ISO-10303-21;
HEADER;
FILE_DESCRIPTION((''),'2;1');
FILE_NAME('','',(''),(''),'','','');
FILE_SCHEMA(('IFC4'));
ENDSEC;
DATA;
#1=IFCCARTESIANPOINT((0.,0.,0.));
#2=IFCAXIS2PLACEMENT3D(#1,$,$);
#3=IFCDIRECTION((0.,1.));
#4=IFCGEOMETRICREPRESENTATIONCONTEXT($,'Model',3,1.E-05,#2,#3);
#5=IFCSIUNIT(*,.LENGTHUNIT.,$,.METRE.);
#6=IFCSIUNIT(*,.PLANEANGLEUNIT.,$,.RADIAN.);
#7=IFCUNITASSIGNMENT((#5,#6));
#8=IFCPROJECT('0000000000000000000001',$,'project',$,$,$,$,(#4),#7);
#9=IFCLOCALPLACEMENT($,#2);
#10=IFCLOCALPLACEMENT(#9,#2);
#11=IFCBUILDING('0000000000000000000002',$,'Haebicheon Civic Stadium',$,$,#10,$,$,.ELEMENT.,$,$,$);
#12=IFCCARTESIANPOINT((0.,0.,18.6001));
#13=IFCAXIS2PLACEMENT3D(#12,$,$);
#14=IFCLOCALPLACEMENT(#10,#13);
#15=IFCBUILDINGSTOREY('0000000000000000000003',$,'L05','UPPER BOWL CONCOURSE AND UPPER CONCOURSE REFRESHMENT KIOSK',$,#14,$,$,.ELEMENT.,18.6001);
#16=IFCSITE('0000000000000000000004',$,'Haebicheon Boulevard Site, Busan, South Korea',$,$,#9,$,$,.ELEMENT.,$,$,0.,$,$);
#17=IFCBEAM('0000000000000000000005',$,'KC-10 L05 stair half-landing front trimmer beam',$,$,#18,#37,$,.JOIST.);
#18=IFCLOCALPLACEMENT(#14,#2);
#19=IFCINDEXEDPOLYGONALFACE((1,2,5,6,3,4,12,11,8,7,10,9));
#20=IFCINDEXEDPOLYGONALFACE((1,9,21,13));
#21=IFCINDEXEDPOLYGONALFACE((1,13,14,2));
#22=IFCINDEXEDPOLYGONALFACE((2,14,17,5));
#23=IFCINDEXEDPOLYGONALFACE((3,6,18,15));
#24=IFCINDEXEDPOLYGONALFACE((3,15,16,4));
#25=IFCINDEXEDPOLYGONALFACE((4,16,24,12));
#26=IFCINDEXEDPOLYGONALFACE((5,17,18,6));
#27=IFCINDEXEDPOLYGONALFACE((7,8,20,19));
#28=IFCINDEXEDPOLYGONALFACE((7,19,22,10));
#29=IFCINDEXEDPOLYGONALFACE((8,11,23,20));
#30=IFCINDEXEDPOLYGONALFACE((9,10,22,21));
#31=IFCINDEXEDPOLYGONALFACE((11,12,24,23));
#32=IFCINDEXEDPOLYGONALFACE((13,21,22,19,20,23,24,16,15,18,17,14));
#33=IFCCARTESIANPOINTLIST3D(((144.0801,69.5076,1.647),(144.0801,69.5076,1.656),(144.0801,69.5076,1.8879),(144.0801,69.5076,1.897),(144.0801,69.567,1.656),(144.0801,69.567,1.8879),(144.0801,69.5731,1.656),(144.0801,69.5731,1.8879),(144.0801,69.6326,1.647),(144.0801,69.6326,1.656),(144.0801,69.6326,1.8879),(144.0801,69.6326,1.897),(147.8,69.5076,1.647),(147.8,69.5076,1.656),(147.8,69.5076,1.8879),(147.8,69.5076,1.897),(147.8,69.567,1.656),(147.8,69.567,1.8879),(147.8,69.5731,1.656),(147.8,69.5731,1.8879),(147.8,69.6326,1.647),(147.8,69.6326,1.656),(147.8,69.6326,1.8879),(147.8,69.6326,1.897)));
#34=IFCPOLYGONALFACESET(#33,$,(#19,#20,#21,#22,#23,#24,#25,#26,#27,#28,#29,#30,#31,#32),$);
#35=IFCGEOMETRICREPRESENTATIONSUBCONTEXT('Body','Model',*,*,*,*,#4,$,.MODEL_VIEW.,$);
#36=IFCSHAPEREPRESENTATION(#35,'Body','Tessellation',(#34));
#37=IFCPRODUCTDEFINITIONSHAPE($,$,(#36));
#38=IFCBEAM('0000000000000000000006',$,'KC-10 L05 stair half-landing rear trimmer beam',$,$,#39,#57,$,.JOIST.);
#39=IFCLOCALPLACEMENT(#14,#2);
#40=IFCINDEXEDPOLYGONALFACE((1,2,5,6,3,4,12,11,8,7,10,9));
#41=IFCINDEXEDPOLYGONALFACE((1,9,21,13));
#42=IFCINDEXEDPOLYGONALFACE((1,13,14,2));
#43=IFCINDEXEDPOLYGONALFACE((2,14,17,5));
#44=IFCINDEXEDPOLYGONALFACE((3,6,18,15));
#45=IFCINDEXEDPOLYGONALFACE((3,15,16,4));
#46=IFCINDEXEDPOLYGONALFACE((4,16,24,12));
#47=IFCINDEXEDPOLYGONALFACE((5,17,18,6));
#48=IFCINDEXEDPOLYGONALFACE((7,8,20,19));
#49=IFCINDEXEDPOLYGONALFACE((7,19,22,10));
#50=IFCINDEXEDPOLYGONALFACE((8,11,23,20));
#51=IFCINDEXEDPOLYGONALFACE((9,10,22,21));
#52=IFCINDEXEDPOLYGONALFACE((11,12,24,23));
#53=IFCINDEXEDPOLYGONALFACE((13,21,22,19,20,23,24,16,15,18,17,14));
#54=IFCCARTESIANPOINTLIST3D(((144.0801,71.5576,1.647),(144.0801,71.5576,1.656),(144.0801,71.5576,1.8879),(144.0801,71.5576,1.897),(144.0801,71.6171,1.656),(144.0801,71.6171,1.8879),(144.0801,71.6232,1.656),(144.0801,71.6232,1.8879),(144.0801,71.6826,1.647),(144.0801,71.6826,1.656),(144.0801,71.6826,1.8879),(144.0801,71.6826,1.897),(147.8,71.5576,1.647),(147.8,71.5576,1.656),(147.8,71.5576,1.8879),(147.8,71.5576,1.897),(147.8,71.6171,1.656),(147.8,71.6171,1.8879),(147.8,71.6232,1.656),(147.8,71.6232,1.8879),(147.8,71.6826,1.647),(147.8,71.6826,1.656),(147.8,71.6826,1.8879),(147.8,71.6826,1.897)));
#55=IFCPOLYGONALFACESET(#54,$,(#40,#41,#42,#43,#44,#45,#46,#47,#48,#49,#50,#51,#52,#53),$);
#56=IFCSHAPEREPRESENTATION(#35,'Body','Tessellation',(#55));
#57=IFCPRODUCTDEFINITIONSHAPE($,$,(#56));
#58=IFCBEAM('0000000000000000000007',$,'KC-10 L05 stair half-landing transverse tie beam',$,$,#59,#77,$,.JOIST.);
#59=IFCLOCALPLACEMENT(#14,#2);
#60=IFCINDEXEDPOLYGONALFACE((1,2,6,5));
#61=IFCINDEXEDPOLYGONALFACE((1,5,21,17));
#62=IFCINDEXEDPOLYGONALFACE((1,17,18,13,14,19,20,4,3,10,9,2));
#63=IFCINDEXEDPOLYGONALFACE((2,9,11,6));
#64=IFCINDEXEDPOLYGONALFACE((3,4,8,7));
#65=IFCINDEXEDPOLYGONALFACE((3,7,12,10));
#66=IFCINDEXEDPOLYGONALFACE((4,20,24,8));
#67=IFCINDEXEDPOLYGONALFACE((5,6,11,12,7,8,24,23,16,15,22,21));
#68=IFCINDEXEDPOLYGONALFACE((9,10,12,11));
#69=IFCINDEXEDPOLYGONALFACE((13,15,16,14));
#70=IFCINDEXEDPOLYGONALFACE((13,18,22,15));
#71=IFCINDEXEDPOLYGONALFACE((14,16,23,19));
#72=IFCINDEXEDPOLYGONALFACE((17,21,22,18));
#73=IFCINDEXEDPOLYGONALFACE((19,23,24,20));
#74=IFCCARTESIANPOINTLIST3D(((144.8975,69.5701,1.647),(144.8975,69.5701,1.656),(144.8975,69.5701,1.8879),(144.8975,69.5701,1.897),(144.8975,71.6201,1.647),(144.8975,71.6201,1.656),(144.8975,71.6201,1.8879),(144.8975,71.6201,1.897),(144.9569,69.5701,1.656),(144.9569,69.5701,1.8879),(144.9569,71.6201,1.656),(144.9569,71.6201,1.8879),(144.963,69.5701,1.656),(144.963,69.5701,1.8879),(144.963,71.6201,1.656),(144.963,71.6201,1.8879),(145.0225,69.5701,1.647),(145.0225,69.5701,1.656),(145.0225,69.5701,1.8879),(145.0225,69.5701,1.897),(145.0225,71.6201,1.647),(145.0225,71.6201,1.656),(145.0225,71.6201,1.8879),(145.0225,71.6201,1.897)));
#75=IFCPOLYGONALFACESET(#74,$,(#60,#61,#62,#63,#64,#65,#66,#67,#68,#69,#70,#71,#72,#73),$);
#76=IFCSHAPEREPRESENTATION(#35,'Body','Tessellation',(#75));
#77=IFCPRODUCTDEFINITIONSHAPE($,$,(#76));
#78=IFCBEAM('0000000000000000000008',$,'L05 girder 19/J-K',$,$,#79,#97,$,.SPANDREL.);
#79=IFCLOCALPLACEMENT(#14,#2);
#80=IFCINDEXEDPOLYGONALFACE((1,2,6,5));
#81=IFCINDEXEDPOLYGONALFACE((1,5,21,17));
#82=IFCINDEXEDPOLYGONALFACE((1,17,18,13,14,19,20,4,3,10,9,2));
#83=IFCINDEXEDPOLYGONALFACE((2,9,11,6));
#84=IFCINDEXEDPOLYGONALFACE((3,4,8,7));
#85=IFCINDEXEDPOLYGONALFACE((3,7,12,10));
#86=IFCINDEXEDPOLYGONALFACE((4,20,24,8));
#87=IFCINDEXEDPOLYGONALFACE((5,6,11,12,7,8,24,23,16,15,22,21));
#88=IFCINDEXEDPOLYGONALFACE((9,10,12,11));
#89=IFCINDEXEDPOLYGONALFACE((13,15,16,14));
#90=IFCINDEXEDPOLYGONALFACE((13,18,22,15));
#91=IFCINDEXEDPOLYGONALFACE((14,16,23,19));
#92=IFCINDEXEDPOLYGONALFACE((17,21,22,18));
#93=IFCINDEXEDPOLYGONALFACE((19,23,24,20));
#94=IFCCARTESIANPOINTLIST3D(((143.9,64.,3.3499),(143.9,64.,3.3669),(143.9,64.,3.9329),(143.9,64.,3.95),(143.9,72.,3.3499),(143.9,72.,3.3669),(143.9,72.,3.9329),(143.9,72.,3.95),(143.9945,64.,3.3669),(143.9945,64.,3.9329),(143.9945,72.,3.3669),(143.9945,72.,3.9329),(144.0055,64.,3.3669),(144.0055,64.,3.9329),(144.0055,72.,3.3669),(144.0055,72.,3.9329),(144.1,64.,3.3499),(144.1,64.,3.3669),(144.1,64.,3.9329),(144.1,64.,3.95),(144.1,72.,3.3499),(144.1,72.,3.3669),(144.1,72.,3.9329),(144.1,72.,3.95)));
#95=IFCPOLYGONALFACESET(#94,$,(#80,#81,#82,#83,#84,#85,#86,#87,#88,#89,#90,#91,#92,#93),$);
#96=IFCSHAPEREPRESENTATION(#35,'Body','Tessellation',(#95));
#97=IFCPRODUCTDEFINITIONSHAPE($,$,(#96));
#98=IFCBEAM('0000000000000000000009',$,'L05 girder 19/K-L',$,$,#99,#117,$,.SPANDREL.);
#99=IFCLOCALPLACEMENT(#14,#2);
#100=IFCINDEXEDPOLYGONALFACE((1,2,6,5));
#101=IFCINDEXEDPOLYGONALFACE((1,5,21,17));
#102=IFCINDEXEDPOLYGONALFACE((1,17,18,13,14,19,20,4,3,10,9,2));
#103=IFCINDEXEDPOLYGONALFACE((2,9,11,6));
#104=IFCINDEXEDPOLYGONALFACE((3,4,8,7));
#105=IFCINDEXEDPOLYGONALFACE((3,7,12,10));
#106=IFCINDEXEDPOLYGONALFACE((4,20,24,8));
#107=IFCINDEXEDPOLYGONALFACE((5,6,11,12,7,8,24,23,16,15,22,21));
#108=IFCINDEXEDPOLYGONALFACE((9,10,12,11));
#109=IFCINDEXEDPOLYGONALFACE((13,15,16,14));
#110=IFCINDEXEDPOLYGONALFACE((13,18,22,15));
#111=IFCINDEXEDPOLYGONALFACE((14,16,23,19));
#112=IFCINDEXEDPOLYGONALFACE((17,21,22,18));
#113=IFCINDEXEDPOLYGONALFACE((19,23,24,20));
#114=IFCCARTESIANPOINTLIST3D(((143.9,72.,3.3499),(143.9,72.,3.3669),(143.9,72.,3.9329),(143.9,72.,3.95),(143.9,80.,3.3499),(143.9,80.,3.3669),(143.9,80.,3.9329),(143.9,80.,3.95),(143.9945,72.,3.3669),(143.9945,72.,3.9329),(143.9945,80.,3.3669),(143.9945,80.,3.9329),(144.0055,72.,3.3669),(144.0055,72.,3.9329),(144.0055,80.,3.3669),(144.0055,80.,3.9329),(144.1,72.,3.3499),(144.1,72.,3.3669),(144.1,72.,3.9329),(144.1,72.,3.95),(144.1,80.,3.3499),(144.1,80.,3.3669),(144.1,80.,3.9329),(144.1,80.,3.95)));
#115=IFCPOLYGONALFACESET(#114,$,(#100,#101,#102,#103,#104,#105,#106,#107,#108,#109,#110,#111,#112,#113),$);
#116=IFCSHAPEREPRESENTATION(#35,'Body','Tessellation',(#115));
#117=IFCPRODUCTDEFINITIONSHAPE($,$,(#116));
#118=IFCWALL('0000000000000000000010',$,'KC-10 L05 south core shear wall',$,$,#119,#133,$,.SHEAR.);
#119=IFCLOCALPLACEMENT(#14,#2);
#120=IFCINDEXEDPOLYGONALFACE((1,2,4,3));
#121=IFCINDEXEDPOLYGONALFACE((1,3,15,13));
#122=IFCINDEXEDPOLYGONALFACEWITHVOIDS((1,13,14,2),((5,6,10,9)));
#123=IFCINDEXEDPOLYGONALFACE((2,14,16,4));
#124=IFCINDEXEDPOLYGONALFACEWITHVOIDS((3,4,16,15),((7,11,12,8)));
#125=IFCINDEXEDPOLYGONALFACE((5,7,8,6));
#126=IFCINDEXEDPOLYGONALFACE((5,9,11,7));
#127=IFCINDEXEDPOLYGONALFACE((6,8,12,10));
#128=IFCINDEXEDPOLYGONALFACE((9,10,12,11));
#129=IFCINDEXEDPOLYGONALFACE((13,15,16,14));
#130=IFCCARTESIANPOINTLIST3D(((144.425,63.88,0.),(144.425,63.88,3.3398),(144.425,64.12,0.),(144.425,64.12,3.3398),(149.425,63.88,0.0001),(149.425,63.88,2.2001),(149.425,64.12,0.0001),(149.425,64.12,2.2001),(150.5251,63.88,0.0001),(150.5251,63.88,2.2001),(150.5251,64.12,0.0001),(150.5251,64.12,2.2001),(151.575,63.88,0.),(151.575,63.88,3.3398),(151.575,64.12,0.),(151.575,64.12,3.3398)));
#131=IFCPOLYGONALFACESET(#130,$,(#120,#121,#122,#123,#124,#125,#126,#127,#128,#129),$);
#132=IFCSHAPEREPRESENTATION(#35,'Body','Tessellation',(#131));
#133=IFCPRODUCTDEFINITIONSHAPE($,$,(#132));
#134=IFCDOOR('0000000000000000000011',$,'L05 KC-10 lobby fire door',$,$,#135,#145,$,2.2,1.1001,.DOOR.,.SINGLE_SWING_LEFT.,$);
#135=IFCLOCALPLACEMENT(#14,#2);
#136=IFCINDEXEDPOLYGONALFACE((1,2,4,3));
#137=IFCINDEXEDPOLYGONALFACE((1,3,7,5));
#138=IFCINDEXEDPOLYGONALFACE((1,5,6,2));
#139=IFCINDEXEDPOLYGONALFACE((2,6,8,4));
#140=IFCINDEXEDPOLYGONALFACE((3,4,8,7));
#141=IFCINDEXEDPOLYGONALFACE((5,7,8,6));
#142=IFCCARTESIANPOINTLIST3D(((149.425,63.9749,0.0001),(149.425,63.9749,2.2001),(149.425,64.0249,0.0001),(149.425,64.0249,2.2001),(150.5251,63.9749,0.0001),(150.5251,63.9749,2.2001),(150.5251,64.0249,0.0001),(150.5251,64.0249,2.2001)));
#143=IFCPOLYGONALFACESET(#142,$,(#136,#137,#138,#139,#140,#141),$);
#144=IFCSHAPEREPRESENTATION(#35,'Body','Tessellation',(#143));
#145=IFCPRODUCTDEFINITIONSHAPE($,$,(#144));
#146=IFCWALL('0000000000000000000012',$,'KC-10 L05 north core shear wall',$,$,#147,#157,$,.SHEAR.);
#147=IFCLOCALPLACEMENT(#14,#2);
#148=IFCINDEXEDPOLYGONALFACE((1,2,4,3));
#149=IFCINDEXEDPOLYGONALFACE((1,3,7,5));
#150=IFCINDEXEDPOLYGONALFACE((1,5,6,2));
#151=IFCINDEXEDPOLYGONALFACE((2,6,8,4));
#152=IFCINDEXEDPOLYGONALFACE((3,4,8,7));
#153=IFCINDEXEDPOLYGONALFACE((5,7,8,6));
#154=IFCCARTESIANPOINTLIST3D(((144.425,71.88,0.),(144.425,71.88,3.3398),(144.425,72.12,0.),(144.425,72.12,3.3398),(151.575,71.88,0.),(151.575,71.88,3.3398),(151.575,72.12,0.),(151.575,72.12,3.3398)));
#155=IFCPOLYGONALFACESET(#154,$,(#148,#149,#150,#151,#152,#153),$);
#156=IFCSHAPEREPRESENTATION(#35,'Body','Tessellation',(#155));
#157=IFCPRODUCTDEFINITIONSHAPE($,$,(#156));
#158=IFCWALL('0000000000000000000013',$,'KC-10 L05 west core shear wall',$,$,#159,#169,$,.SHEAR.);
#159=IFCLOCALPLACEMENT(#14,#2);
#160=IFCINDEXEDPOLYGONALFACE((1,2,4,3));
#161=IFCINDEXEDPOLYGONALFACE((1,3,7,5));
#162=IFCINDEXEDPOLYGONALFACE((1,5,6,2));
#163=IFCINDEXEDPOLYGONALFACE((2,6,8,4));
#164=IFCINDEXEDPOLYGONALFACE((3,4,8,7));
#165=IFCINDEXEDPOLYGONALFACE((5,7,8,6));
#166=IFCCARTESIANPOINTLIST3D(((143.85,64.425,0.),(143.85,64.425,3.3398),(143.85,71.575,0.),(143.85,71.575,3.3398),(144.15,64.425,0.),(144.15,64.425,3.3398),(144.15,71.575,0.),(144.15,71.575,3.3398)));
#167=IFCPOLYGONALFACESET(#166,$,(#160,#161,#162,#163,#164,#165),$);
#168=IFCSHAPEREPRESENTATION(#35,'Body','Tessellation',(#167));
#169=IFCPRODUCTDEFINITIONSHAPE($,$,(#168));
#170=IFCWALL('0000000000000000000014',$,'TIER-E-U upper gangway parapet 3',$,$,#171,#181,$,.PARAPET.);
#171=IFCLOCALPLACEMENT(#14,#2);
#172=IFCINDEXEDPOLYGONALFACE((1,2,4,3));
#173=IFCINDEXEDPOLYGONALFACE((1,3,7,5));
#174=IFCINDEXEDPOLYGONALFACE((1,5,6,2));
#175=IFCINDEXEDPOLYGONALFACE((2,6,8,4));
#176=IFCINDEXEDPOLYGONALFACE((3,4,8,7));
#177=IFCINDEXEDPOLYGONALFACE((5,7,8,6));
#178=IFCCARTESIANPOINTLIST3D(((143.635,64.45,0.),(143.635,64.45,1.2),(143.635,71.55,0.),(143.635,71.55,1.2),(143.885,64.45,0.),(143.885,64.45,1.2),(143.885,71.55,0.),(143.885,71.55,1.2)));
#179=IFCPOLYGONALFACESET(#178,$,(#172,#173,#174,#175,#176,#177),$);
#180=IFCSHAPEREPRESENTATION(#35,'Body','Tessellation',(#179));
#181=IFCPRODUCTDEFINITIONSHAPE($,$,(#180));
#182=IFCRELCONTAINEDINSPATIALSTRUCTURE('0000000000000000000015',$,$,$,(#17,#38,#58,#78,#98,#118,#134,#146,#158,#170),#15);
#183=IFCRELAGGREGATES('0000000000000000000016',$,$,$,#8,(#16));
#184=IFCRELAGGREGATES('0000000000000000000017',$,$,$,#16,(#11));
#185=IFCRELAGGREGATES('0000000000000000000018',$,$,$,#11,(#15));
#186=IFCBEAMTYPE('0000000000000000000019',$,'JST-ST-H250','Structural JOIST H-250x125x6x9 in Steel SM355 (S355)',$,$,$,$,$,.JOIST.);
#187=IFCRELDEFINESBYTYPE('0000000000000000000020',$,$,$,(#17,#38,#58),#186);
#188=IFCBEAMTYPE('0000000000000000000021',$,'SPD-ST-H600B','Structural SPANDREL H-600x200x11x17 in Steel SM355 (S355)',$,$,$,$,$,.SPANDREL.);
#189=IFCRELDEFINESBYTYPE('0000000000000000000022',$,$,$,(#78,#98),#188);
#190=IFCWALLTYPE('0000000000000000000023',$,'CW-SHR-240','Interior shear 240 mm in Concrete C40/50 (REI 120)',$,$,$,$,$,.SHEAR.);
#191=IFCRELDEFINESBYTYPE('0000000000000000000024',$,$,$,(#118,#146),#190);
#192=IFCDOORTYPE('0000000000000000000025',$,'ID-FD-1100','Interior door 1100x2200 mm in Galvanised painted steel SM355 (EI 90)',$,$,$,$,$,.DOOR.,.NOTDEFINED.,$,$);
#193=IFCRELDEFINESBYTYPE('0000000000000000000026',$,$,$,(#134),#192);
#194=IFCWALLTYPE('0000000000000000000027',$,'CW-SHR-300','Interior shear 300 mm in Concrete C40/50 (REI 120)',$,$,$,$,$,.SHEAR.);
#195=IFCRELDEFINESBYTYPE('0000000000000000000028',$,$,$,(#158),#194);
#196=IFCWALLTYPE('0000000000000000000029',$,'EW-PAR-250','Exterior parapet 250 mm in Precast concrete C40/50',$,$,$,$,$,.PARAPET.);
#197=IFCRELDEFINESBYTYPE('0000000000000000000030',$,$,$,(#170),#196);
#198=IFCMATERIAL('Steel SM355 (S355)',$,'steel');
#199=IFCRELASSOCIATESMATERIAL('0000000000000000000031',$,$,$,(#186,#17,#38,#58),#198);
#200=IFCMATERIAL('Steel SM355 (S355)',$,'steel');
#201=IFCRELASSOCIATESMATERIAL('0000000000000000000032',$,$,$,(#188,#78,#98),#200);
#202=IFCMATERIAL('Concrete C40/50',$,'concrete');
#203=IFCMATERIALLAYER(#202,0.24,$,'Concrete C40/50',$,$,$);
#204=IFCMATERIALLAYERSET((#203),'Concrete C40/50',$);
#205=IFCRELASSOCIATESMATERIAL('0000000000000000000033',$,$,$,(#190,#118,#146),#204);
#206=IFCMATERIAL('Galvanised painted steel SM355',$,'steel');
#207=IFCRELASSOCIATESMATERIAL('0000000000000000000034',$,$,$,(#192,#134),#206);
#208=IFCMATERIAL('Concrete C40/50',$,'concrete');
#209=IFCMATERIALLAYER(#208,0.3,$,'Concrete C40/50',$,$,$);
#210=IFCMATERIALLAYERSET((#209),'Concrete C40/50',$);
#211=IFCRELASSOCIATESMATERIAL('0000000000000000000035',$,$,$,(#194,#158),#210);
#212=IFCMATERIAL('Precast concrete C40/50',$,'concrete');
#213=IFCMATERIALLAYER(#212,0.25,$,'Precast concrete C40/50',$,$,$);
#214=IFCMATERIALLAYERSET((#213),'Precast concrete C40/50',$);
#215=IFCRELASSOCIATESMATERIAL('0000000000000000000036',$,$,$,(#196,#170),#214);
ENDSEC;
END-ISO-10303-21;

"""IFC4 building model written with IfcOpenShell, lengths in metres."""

from ifc_helpers import new_model, si_unit, direction, frame, frame_2d, origin, origin_2d, place, context, subcontext, project, spatial, rectangle, i_section, extrude, material, layer, layer_set, material_profile, profile_set, type_object, element, fill, save


model = new_model("IFC4")

# Units and contexts
model_context = context("Model", 3, precision=1e-05, world=origin(), true_north=direction((0.0, 1.0)))
body_context = subcontext(model_context, "Body", "Model", "MODEL_VIEW")
ifc_project = project(units=[si_unit("LENGTHUNIT", "METRE"), si_unit("PLANEANGLEUNIT", "RADIAN")], contexts=[model_context])

# Site, building, storey
site_placement = place(None, origin())
site = spatial("IfcSite", under=ifc_project, at=site_placement, Name="Haebicheon Boulevard Site, Busan, South Korea", CompositionType="ELEMENT", RefElevation=0.0)
building_placement = place(site_placement, origin())
building = spatial("IfcBuilding", under=site, at=building_placement, Name="Haebicheon Civic Stadium", CompositionType="ELEMENT")
storey_placement = place(building_placement, frame((0.0, 0.0, 18.6001)))
storey = spatial("IfcBuildingStorey", under=building, at=storey_placement, Name="L05", Description="UPPER BOWL CONCOURSE AND UPPER CONCOURSE REFRESHMENT KIOSK", CompositionType="ELEMENT", Elevation=18.6001)

# Beams
ifc_material_1 = material(Name="Steel SM355 (S355)", Category="steel")
ifc_material_profile_1 = material_profile(ifc_material_1, i_section(OverallWidth=0.125, OverallDepth=0.25, WebThickness=0.0061, FlangeThickness=0.009, at=origin_2d()), Name="H-250x125x6x9")
ifc_profile_set_1 = profile_set([ifc_material_profile_1], Name="Steel SM355 (S355)")
beam_type_1 = type_object("IfcBeamType", Name="JST-ST-H250", Description="Structural JOIST H-250x125x6x9 in Steel SM355 (S355)", PredefinedType="JOIST", material=ifc_profile_set_1)
for number, where, z_axis, x_axis, name in (
    (1, (144.0801, 69.5701, 1.772), (1.0, 0.0, 0.0), (0.0, 1.0, 0.0), "KC-10 L05 stair half-landing front trimmer beam"),
    (2, (144.0801, 71.6201, 1.772), (1.0, 0.0, 0.0), (0.0, 1.0, 0.0), "KC-10 L05 stair half-landing rear trimmer beam"),
):
    element("IfcBeam", number, at=place(storey_placement, frame(where, z_axis=z_axis, x_axis=x_axis)), inside=storey, type_object=beam_type_1, material=ifc_profile_set_1, Name=name, PredefinedType="JOIST", context=body_context, shape_type="SweptSolid", body=[
        extrude(i_section(OverallWidth=0.125, OverallDepth=0.25, WebThickness=0.0061, FlangeThickness=0.009, at=origin_2d()), origin(), (0.0, 0.0, 1.0), 3.72),
    ])
beam_placement = place(storey_placement, frame((144.96, 69.5701, 1.772), z_axis=(0.0, 1.0, 0.0), x_axis=(-1.0, 0.0, 0.0)))
element("IfcBeam", 3, at=beam_placement, inside=storey, type_object=beam_type_1, material=ifc_profile_set_1, Name="KC-10 L05 stair half-landing transverse tie beam", PredefinedType="JOIST", context=body_context, shape_type="SweptSolid", body=[
    extrude(i_section(OverallWidth=0.125, OverallDepth=0.25, WebThickness=0.0061, FlangeThickness=0.009, at=origin_2d()), origin(), (0.0, 0.0, 1.0), 2.05),
])
ifc_material_2 = material(Name="Steel SM355 (S355)", Category="steel")
ifc_material_profile_2 = material_profile(ifc_material_2, i_section(OverallWidth=0.2, OverallDepth=0.6001, WebThickness=0.011, FlangeThickness=0.0171, at=origin_2d()), Name="H-600x200x11x17")
ifc_profile_set_2 = profile_set([ifc_material_profile_2], Name="Steel SM355 (S355)")
beam_type_2 = type_object("IfcBeamType", Name="SPD-ST-H600B", Description="Structural SPANDREL H-600x200x11x17 in Steel SM355 (S355)", PredefinedType="SPANDREL", material=ifc_profile_set_2)
for number, where, z_axis, x_axis, name in (
    (4, (144.0, 64.0, 3.6499), (0.0, 1.0, 0.0), (-1.0, 0.0, 0.0), "L05 girder 19/J-K"),
    (5, (144.0, 72.0, 3.6499), (0.0, 1.0, 0.0), (-1.0, 0.0, 0.0), "L05 girder 19/K-L"),
):
    element("IfcBeam", number, at=place(storey_placement, frame(where, z_axis=z_axis, x_axis=x_axis)), inside=storey, type_object=beam_type_2, material=ifc_profile_set_2, Name=name, PredefinedType="SPANDREL", context=body_context, shape_type="SweptSolid", body=[
        extrude(i_section(OverallWidth=0.2, OverallDepth=0.6001, WebThickness=0.011, FlangeThickness=0.0171, at=origin_2d()), origin(), (0.0, 0.0, 1.0), 8.0),
    ])

# Wall, opening, door
ifc_material_3 = material(Name="Concrete C40/50", Category="concrete")
ifc_layer_1 = layer(ifc_material_3, 0.24, Name="Concrete C40/50")
ifc_layer_set_1 = layer_set([ifc_layer_1], Name="Concrete C40/50")
wall_type_1 = type_object("IfcWallType", Name="CW-SHR-240", Description="Interior shear 240 mm in Concrete C40/50 (REI 120)", PredefinedType="SHEAR", material=ifc_layer_set_1)
wall_1_placement = place(storey_placement, frame((144.425, 64.0, 0.0), z_axis=(0.0, 0.0, 1.0), x_axis=(1.0, 0.0, 0.0)))
wall_1 = element("IfcWall", 6, at=wall_1_placement, inside=storey, type_object=wall_type_1, material=ifc_layer_set_1, Name="KC-10 L05 south core shear wall", PredefinedType="SHEAR", context=body_context, shape_type="SweptSolid", body=[
    extrude(rectangle(XDim=7.1499, YDim=0.24, at=frame_2d((3.575, 0.0))), origin(), (0.0, 0.0, 1.0), 3.3398),
])
opening_placement = place(wall_1_placement, frame((5.0, 0.0, 0.0)))
opening = element("IfcOpeningElement", 7, at=opening_placement, cuts=wall_1, PredefinedType="OPENING", context=body_context, shape_type="SweptSolid", body=[
    extrude(rectangle(XDim=1.1001, YDim=2.2, at=frame_2d((0.55, 1.1001))), frame((0.0, 0.1299, 0.0), z_axis=(0.0, -1.0, 0.0), x_axis=(1.0, 0.0, 0.0)), (0.0, 0.0, 1.0), 0.26),
])
ifc_material_4 = material(Name="Galvanised painted steel SM355", Category="steel")
door_type = type_object("IfcDoorType", Name="ID-FD-1100", Description="Interior door 1100x2200 mm in Galvanised painted steel SM355 (EI 90)", OperationType="NOTDEFINED", PredefinedType="DOOR", material=ifc_material_4)
door_placement = place(opening_placement, origin())
door = element("IfcDoor", 8, at=door_placement, inside=storey, type_object=door_type, material=ifc_material_4, Name="L05 KC-10 lobby fire door", OperationType="SINGLE_SWING_LEFT", OverallHeight=2.2, OverallWidth=1.1001, PredefinedType="DOOR", context=body_context, shape_type="SweptSolid", body=[
    extrude(rectangle(XDim=1.1001, YDim=2.2, at=frame_2d((0.55, 1.1001))), frame((0.0, 0.0249, 0.0), z_axis=(0.0, -1.0, 0.0), x_axis=(1.0, 0.0, 0.0)), (0.0, 0.0, 1.0), 0.05),
])
fill(opening, door)

# Walls
wall_2_placement = place(storey_placement, frame((144.425, 72.0, 0.0), z_axis=(0.0, 0.0, 1.0), x_axis=(1.0, 0.0, 0.0)))
element("IfcWall", 9, at=wall_2_placement, inside=storey, type_object=wall_type_1, material=ifc_layer_set_1, Name="KC-10 L05 north core shear wall", PredefinedType="SHEAR", context=body_context, shape_type="SweptSolid", body=[
    extrude(rectangle(XDim=7.1499, YDim=0.24, at=frame_2d((3.575, 0.0))), origin(), (0.0, 0.0, 1.0), 3.3398),
])
ifc_material_5 = material(Name="Concrete C40/50", Category="concrete")
ifc_layer_2 = layer(ifc_material_5, 0.3, Name="Concrete C40/50")
ifc_layer_set_2 = layer_set([ifc_layer_2], Name="Concrete C40/50")
wall_type_2 = type_object("IfcWallType", Name="CW-SHR-300", Description="Interior shear 300 mm in Concrete C40/50 (REI 120)", PredefinedType="SHEAR", material=ifc_layer_set_2)
wall_3_placement = place(storey_placement, frame((144.0, 64.425, 0.0), z_axis=(0.0, 0.0, 1.0), x_axis=(0.0, 1.0, 0.0)))
element("IfcWall", 10, at=wall_3_placement, inside=storey, type_object=wall_type_2, material=ifc_layer_set_2, Name="KC-10 L05 west core shear wall", PredefinedType="SHEAR", context=body_context, shape_type="SweptSolid", body=[
    extrude(rectangle(XDim=7.1499, YDim=0.3, at=frame_2d((3.575, 0.0))), origin(), (0.0, 0.0, 1.0), 3.3398),
])
ifc_material_6 = material(Name="Precast concrete C40/50", Category="concrete")
ifc_layer_3 = layer(ifc_material_6, 0.25, Name="Precast concrete C40/50")
ifc_layer_set_3 = layer_set([ifc_layer_3], Name="Precast concrete C40/50")
wall_type_3 = type_object("IfcWallType", Name="EW-PAR-250", Description="Exterior parapet 250 mm in Precast concrete C40/50", PredefinedType="PARAPET", material=ifc_layer_set_3)
wall_4_placement = place(storey_placement, frame((143.76, 64.45, 0.0), z_axis=(0.0, 0.0, 1.0), x_axis=(0.0, 1.0, 0.0)))
element("IfcWall", 11, at=wall_4_placement, inside=storey, type_object=wall_type_3, material=ifc_layer_set_3, Name="TIER-E-U upper gangway parapet 3", PredefinedType="PARAPET", context=body_context, shape_type="SweptSolid", body=[
    extrude(rectangle(XDim=7.1001, YDim=0.25, at=frame_2d((3.55, 0.0))), origin(), (0.0, 0.0, 1.0), 1.2),
])

save(model, "model.ifc")
